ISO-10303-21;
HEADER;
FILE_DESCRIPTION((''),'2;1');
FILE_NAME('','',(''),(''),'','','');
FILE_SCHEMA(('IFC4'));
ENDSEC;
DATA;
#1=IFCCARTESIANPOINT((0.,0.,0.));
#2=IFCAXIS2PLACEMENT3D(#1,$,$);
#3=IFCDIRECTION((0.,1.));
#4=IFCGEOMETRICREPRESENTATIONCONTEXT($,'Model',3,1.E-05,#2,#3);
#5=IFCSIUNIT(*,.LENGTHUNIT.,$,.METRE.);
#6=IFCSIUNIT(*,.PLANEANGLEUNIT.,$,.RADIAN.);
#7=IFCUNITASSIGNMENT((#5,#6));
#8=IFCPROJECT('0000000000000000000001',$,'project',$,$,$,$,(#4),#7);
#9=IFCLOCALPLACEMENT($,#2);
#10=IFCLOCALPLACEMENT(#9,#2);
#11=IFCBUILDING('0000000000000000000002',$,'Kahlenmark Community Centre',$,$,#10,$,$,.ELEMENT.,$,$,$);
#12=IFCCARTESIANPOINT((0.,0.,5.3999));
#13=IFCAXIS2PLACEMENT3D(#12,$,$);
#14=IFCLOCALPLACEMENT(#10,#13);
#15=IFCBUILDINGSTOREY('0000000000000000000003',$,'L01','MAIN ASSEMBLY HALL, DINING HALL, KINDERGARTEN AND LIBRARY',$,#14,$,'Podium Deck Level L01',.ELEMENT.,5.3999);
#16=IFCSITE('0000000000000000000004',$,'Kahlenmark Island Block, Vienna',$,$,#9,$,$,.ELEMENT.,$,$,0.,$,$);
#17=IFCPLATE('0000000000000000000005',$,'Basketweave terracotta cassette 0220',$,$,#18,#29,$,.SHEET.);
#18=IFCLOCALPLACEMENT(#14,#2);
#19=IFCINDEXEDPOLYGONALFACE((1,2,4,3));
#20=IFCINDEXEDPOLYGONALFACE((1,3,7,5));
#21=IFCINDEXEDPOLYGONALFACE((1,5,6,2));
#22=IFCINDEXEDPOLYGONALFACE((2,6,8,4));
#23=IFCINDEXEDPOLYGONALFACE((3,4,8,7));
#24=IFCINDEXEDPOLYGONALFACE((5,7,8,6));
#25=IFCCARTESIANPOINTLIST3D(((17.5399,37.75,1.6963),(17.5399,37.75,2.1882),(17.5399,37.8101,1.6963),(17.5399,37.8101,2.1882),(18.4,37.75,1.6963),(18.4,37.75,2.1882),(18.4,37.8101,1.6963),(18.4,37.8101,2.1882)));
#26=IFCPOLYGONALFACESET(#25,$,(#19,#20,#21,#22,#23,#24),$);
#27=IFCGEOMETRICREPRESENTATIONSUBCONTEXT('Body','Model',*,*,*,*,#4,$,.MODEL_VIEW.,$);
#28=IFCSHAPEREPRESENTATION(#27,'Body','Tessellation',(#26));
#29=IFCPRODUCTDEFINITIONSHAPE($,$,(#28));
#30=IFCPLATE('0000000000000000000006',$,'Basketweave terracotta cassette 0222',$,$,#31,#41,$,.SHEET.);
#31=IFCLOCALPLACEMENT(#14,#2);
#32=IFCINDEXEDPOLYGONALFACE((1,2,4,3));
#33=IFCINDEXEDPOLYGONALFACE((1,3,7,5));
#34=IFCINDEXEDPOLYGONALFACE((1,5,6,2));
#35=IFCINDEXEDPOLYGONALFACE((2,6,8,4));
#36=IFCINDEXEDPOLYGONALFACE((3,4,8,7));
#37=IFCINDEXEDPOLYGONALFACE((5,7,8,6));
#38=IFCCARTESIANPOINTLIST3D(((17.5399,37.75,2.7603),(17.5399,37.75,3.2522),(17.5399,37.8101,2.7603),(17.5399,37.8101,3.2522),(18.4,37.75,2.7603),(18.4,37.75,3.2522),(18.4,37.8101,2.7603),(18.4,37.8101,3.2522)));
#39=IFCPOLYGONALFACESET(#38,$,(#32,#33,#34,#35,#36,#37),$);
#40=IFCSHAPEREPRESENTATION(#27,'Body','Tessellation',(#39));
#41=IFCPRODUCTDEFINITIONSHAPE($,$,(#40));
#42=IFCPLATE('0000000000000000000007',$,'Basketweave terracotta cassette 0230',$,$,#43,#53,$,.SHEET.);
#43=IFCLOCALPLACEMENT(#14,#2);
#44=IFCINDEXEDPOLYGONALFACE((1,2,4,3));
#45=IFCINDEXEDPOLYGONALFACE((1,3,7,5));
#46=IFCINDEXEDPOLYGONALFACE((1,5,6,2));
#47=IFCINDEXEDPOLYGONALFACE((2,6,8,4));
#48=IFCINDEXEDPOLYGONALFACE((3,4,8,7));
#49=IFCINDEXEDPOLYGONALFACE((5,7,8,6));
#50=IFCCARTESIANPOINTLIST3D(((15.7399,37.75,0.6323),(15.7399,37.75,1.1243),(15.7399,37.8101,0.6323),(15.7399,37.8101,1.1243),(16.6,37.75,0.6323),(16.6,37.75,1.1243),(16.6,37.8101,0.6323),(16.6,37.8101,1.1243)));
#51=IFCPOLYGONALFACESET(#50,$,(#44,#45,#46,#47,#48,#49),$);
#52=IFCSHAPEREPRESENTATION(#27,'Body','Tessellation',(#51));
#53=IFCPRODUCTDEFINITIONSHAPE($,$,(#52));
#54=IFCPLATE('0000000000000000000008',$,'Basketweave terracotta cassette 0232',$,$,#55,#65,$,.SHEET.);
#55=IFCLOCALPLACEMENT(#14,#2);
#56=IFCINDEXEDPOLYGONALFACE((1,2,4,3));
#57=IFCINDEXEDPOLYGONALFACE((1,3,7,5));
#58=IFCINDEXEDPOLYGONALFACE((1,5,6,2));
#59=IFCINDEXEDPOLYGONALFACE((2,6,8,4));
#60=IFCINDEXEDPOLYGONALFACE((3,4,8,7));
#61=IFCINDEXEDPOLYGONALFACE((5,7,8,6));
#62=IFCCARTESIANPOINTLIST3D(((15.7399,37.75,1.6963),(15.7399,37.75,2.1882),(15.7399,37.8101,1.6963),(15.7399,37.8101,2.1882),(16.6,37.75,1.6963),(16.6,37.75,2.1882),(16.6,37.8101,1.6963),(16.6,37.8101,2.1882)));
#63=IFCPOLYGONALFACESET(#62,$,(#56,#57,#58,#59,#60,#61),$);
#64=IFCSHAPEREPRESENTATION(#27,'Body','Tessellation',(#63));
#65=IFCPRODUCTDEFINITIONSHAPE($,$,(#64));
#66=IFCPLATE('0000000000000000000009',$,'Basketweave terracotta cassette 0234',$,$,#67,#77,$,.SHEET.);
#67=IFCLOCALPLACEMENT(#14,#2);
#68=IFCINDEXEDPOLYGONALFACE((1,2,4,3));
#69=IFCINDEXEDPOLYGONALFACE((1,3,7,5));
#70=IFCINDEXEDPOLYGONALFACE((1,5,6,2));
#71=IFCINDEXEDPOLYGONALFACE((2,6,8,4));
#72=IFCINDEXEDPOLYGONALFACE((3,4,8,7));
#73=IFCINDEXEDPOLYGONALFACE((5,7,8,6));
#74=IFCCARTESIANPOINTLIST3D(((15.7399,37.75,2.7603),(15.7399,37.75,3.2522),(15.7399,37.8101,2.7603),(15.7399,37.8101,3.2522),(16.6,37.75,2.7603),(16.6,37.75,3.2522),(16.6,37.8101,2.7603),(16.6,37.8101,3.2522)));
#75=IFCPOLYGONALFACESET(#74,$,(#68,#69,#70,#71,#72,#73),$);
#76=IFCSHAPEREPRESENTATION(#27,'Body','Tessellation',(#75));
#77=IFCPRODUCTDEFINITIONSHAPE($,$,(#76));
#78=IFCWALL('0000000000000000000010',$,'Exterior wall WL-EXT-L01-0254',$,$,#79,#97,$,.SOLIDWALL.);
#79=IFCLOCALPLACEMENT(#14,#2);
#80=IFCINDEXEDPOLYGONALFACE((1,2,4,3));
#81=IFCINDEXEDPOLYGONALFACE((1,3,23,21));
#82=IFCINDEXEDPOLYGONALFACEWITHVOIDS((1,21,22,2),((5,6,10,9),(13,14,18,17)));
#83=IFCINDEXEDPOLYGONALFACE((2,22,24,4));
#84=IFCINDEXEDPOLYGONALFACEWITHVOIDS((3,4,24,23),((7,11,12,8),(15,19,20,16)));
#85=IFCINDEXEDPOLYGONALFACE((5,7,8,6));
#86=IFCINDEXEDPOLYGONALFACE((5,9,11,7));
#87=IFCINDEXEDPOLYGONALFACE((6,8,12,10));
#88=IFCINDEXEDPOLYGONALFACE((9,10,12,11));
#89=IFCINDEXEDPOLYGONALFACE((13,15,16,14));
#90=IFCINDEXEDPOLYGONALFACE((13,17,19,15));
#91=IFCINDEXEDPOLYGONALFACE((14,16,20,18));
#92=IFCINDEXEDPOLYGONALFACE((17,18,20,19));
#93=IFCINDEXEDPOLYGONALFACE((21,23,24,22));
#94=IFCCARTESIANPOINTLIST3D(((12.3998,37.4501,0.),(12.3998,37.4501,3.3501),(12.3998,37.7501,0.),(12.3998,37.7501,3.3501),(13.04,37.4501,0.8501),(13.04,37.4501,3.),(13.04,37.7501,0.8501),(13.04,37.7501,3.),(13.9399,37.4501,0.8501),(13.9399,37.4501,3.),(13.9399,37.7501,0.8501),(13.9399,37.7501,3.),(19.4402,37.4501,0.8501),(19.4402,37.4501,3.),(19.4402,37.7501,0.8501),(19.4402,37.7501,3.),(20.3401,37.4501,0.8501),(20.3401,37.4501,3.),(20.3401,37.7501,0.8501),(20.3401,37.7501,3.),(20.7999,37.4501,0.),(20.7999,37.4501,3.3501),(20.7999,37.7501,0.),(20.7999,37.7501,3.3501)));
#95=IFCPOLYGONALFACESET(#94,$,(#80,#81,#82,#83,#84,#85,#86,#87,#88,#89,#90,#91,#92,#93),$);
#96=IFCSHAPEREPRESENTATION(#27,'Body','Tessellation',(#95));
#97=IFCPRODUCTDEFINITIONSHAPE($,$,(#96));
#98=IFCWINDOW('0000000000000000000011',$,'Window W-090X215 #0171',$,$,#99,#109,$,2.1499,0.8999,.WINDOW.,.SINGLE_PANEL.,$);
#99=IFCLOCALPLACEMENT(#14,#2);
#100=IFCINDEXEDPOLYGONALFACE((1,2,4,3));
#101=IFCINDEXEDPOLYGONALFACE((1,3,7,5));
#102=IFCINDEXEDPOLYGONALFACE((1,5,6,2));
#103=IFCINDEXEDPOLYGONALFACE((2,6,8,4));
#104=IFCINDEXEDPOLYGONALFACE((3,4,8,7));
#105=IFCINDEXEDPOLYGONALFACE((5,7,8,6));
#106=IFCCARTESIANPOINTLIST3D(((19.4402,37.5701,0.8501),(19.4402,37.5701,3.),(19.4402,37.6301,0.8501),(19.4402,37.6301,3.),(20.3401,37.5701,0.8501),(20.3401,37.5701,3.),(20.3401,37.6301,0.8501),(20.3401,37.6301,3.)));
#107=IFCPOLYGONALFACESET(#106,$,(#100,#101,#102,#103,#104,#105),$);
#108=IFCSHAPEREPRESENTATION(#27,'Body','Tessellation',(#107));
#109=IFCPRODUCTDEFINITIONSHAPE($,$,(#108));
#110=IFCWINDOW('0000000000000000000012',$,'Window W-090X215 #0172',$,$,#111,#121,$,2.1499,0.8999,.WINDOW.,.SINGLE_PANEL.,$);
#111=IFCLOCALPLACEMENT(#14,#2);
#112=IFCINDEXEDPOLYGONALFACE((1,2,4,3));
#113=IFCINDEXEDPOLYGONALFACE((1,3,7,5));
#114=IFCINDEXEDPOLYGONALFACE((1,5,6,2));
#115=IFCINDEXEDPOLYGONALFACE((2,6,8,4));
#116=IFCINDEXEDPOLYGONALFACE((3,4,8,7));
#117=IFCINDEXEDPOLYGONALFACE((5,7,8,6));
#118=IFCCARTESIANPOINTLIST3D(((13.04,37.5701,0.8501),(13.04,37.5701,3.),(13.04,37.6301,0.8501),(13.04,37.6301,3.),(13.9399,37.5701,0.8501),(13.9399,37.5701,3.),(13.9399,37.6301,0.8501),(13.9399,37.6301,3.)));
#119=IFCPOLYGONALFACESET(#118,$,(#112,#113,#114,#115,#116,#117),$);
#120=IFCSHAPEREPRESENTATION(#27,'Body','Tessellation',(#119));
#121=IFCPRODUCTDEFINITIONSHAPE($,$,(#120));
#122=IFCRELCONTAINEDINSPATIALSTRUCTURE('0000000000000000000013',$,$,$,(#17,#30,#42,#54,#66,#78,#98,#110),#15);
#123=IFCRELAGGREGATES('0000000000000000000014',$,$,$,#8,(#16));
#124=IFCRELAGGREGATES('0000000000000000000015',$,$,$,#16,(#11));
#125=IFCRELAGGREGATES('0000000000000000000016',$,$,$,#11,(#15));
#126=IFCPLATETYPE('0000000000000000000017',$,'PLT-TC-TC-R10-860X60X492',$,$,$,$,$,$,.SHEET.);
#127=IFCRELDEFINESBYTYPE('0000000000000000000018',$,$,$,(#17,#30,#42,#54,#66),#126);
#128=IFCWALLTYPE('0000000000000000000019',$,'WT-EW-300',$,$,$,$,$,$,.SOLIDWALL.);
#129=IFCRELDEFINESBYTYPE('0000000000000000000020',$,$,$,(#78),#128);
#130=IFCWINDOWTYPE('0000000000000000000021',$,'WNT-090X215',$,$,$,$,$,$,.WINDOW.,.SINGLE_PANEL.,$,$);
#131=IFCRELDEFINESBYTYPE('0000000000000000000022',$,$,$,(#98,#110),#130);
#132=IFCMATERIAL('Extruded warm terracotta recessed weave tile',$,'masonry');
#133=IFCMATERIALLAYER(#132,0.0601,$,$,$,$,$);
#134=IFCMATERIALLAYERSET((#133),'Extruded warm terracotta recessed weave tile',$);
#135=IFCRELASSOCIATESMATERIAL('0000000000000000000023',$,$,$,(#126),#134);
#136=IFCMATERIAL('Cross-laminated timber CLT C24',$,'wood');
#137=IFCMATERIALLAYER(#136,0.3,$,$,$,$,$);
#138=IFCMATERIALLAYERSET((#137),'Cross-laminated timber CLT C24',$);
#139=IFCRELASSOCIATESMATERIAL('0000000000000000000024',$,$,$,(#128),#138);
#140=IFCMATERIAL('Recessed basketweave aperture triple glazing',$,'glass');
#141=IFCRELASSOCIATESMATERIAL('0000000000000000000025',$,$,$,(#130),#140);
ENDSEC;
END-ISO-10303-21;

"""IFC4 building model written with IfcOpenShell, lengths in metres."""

from ifc_helpers import new_model, si_unit, direction, frame, frame_2d, origin, origin_2d, place, context, subcontext, project, spatial, rectangle, extrude, material, layer, layer_set, type_object, element, fill, save


model = new_model("IFC4")

# Units and contexts
model_context = context("Model", 3, precision=1e-05, world=origin(), true_north=direction((0.0, 1.0)))
body_context = subcontext(model_context, "Body", "Model", "MODEL_VIEW")
ifc_project = project(units=[si_unit("LENGTHUNIT", "METRE"), si_unit("PLANEANGLEUNIT", "RADIAN")], contexts=[model_context])

# Site, building, storey
site_placement = place(None, origin())
site = spatial("IfcSite", under=ifc_project, at=site_placement, Name="Kahlenmark Island Block, Vienna", CompositionType="ELEMENT", RefElevation=0.0)
building_placement = place(site_placement, origin())
building = spatial("IfcBuilding", under=site, at=building_placement, Name="Kahlenmark Community Centre", CompositionType="ELEMENT")
storey_placement = place(building_placement, frame((0.0, 0.0, 5.3999)))
storey = spatial("IfcBuildingStorey", under=building, at=storey_placement, Name="L01", Description="MAIN ASSEMBLY HALL, DINING HALL, KINDERGARTEN AND LIBRARY", LongName="Podium Deck Level L01", CompositionType="ELEMENT", Elevation=5.3999)

# Plates
ifc_material_1 = material(Name="Extruded warm terracotta recessed weave tile", Category="masonry")
ifc_layer_1 = layer(ifc_material_1, 0.0601)
ifc_layer_set_1 = layer_set([ifc_layer_1], Name="Extruded warm terracotta recessed weave tile")
plate_type_1 = type_object("IfcPlateType", Name="PLT-TC-TC-R10-860X60X492", PredefinedType="SHEET", material=ifc_layer_set_1)
for number, where, z_axis, x_axis, name in (
    (1, (17.97, 37.78, 1.6963), (0.0, 0.0, 1.0), (-1.0, 0.0, 0.0), "Basketweave terracotta cassette 0220"),
    (2, (17.97, 37.78, 2.7603), (0.0, 0.0, 1.0), (-1.0, 0.0, 0.0), "Basketweave terracotta cassette 0222"),
    (3, (16.1699, 37.78, 0.6323), (0.0, 0.0, 1.0), (-1.0, 0.0, 0.0), "Basketweave terracotta cassette 0230"),
    (4, (16.1699, 37.78, 1.6963), (0.0, 0.0, 1.0), (-1.0, 0.0, 0.0), "Basketweave terracotta cassette 0232"),
    (5, (16.1699, 37.78, 2.7603), (0.0, 0.0, 1.0), (-1.0, 0.0, 0.0), "Basketweave terracotta cassette 0234"),
):
    element("IfcPlate", number, at=place(storey_placement, frame(where, z_axis=z_axis, x_axis=x_axis)), inside=storey, type_object=plate_type_1, Name=name, PredefinedType="SHEET", context=body_context, shape_type="SweptSolid", body=[
        extrude(rectangle(XDim=0.8601, YDim=0.0601, at=origin_2d()), origin(), (0.0, 0.0, 1.0), 0.4919),
    ])

# Wall, openings, windows
ifc_material_2 = material(Name="Cross-laminated timber CLT C24", Category="wood")
ifc_layer_2 = layer(ifc_material_2, 0.3)
ifc_layer_set_2 = layer_set([ifc_layer_2], Name="Cross-laminated timber CLT C24")
wall_type = type_object("IfcWallType", Name="WT-EW-300", PredefinedType="SOLIDWALL", material=ifc_layer_set_2)
wall_placement = place(storey_placement, frame((20.8, 37.6001, 0.0), z_axis=(0.0, 0.0, 1.0), x_axis=(-1.0, 0.0, 0.0)))
wall = element("IfcWall", 6, at=wall_placement, inside=storey, type_object=wall_type, Name="Exterior wall WL-EXT-L01-0254", PredefinedType="SOLIDWALL", context=body_context, shape_type="SweptSolid", body=[
    extrude(rectangle(XDim=8.4001, YDim=0.3, at=frame_2d((4.2002, 0.0))), origin(), (0.0, 0.0, 1.0), 3.3501),
])
opening_1_placement = place(wall_placement, frame((0.46, 0.0, 0.8501)))
opening_1 = element("IfcOpeningElement", 7, at=opening_1_placement, cuts=wall, PredefinedType="OPENING", context=body_context, shape_type="SweptSolid", body=[
    extrude(rectangle(XDim=0.8999, YDim=2.1499, at=frame_2d((0.45, 1.075))), frame((0.0, 0.1599, 0.0), z_axis=(0.0, -1.0, 0.0), x_axis=(1.0, 0.0, 0.0)), (0.0, 0.0, 1.0), 0.3201),
])
opening_2_placement = place(wall_placement, frame((6.8601, 0.0, 0.8501)))
opening_2 = element("IfcOpeningElement", 8, at=opening_2_placement, cuts=wall, PredefinedType="OPENING", context=body_context, shape_type="SweptSolid", body=[
    extrude(rectangle(XDim=0.8999, YDim=2.1499, at=frame_2d((0.45, 1.075))), frame((0.0, 0.1599, 0.0), z_axis=(0.0, -1.0, 0.0), x_axis=(1.0, 0.0, 0.0)), (0.0, 0.0, 1.0), 0.3201),
])
ifc_material_3 = material(Name="Recessed basketweave aperture triple glazing", Category="glass")
window_type = type_object("IfcWindowType", Name="WNT-090X215", PartitioningType="SINGLE_PANEL", PredefinedType="WINDOW", material=ifc_material_3)
window_1_placement = place(opening_1_placement, origin())
window_1 = element("IfcWindow", 9, at=window_1_placement, inside=storey, type_object=window_type, Name="Window W-090X215 #0171", OverallHeight=2.1499, OverallWidth=0.8999, PartitioningType="SINGLE_PANEL", PredefinedType="WINDOW", context=body_context, shape_type="SweptSolid", body=[
    extrude(rectangle(XDim=0.8999, YDim=2.1499, at=frame_2d((0.45, 1.075))), frame((0.0, 0.03, 0.0), z_axis=(0.0, -1.0, 0.0), x_axis=(1.0, 0.0, 0.0)), (0.0, 0.0, 1.0), 0.0601),
])
fill(opening_1, window_1)
window_2_placement = place(opening_2_placement, origin())
window_2 = element("IfcWindow", 10, at=window_2_placement, inside=storey, type_object=window_type, Name="Window W-090X215 #0172", OverallHeight=2.1499, OverallWidth=0.8999, PartitioningType="SINGLE_PANEL", PredefinedType="WINDOW", context=body_context, shape_type="SweptSolid", body=[
    extrude(rectangle(XDim=0.8999, YDim=2.1499, at=frame_2d((0.45, 1.075))), frame((0.0, 0.03, 0.0), z_axis=(0.0, -1.0, 0.0), x_axis=(1.0, 0.0, 0.0)), (0.0, 0.0, 1.0), 0.0601),
])
fill(opening_2, window_2)

save(model, "model.ifc")
